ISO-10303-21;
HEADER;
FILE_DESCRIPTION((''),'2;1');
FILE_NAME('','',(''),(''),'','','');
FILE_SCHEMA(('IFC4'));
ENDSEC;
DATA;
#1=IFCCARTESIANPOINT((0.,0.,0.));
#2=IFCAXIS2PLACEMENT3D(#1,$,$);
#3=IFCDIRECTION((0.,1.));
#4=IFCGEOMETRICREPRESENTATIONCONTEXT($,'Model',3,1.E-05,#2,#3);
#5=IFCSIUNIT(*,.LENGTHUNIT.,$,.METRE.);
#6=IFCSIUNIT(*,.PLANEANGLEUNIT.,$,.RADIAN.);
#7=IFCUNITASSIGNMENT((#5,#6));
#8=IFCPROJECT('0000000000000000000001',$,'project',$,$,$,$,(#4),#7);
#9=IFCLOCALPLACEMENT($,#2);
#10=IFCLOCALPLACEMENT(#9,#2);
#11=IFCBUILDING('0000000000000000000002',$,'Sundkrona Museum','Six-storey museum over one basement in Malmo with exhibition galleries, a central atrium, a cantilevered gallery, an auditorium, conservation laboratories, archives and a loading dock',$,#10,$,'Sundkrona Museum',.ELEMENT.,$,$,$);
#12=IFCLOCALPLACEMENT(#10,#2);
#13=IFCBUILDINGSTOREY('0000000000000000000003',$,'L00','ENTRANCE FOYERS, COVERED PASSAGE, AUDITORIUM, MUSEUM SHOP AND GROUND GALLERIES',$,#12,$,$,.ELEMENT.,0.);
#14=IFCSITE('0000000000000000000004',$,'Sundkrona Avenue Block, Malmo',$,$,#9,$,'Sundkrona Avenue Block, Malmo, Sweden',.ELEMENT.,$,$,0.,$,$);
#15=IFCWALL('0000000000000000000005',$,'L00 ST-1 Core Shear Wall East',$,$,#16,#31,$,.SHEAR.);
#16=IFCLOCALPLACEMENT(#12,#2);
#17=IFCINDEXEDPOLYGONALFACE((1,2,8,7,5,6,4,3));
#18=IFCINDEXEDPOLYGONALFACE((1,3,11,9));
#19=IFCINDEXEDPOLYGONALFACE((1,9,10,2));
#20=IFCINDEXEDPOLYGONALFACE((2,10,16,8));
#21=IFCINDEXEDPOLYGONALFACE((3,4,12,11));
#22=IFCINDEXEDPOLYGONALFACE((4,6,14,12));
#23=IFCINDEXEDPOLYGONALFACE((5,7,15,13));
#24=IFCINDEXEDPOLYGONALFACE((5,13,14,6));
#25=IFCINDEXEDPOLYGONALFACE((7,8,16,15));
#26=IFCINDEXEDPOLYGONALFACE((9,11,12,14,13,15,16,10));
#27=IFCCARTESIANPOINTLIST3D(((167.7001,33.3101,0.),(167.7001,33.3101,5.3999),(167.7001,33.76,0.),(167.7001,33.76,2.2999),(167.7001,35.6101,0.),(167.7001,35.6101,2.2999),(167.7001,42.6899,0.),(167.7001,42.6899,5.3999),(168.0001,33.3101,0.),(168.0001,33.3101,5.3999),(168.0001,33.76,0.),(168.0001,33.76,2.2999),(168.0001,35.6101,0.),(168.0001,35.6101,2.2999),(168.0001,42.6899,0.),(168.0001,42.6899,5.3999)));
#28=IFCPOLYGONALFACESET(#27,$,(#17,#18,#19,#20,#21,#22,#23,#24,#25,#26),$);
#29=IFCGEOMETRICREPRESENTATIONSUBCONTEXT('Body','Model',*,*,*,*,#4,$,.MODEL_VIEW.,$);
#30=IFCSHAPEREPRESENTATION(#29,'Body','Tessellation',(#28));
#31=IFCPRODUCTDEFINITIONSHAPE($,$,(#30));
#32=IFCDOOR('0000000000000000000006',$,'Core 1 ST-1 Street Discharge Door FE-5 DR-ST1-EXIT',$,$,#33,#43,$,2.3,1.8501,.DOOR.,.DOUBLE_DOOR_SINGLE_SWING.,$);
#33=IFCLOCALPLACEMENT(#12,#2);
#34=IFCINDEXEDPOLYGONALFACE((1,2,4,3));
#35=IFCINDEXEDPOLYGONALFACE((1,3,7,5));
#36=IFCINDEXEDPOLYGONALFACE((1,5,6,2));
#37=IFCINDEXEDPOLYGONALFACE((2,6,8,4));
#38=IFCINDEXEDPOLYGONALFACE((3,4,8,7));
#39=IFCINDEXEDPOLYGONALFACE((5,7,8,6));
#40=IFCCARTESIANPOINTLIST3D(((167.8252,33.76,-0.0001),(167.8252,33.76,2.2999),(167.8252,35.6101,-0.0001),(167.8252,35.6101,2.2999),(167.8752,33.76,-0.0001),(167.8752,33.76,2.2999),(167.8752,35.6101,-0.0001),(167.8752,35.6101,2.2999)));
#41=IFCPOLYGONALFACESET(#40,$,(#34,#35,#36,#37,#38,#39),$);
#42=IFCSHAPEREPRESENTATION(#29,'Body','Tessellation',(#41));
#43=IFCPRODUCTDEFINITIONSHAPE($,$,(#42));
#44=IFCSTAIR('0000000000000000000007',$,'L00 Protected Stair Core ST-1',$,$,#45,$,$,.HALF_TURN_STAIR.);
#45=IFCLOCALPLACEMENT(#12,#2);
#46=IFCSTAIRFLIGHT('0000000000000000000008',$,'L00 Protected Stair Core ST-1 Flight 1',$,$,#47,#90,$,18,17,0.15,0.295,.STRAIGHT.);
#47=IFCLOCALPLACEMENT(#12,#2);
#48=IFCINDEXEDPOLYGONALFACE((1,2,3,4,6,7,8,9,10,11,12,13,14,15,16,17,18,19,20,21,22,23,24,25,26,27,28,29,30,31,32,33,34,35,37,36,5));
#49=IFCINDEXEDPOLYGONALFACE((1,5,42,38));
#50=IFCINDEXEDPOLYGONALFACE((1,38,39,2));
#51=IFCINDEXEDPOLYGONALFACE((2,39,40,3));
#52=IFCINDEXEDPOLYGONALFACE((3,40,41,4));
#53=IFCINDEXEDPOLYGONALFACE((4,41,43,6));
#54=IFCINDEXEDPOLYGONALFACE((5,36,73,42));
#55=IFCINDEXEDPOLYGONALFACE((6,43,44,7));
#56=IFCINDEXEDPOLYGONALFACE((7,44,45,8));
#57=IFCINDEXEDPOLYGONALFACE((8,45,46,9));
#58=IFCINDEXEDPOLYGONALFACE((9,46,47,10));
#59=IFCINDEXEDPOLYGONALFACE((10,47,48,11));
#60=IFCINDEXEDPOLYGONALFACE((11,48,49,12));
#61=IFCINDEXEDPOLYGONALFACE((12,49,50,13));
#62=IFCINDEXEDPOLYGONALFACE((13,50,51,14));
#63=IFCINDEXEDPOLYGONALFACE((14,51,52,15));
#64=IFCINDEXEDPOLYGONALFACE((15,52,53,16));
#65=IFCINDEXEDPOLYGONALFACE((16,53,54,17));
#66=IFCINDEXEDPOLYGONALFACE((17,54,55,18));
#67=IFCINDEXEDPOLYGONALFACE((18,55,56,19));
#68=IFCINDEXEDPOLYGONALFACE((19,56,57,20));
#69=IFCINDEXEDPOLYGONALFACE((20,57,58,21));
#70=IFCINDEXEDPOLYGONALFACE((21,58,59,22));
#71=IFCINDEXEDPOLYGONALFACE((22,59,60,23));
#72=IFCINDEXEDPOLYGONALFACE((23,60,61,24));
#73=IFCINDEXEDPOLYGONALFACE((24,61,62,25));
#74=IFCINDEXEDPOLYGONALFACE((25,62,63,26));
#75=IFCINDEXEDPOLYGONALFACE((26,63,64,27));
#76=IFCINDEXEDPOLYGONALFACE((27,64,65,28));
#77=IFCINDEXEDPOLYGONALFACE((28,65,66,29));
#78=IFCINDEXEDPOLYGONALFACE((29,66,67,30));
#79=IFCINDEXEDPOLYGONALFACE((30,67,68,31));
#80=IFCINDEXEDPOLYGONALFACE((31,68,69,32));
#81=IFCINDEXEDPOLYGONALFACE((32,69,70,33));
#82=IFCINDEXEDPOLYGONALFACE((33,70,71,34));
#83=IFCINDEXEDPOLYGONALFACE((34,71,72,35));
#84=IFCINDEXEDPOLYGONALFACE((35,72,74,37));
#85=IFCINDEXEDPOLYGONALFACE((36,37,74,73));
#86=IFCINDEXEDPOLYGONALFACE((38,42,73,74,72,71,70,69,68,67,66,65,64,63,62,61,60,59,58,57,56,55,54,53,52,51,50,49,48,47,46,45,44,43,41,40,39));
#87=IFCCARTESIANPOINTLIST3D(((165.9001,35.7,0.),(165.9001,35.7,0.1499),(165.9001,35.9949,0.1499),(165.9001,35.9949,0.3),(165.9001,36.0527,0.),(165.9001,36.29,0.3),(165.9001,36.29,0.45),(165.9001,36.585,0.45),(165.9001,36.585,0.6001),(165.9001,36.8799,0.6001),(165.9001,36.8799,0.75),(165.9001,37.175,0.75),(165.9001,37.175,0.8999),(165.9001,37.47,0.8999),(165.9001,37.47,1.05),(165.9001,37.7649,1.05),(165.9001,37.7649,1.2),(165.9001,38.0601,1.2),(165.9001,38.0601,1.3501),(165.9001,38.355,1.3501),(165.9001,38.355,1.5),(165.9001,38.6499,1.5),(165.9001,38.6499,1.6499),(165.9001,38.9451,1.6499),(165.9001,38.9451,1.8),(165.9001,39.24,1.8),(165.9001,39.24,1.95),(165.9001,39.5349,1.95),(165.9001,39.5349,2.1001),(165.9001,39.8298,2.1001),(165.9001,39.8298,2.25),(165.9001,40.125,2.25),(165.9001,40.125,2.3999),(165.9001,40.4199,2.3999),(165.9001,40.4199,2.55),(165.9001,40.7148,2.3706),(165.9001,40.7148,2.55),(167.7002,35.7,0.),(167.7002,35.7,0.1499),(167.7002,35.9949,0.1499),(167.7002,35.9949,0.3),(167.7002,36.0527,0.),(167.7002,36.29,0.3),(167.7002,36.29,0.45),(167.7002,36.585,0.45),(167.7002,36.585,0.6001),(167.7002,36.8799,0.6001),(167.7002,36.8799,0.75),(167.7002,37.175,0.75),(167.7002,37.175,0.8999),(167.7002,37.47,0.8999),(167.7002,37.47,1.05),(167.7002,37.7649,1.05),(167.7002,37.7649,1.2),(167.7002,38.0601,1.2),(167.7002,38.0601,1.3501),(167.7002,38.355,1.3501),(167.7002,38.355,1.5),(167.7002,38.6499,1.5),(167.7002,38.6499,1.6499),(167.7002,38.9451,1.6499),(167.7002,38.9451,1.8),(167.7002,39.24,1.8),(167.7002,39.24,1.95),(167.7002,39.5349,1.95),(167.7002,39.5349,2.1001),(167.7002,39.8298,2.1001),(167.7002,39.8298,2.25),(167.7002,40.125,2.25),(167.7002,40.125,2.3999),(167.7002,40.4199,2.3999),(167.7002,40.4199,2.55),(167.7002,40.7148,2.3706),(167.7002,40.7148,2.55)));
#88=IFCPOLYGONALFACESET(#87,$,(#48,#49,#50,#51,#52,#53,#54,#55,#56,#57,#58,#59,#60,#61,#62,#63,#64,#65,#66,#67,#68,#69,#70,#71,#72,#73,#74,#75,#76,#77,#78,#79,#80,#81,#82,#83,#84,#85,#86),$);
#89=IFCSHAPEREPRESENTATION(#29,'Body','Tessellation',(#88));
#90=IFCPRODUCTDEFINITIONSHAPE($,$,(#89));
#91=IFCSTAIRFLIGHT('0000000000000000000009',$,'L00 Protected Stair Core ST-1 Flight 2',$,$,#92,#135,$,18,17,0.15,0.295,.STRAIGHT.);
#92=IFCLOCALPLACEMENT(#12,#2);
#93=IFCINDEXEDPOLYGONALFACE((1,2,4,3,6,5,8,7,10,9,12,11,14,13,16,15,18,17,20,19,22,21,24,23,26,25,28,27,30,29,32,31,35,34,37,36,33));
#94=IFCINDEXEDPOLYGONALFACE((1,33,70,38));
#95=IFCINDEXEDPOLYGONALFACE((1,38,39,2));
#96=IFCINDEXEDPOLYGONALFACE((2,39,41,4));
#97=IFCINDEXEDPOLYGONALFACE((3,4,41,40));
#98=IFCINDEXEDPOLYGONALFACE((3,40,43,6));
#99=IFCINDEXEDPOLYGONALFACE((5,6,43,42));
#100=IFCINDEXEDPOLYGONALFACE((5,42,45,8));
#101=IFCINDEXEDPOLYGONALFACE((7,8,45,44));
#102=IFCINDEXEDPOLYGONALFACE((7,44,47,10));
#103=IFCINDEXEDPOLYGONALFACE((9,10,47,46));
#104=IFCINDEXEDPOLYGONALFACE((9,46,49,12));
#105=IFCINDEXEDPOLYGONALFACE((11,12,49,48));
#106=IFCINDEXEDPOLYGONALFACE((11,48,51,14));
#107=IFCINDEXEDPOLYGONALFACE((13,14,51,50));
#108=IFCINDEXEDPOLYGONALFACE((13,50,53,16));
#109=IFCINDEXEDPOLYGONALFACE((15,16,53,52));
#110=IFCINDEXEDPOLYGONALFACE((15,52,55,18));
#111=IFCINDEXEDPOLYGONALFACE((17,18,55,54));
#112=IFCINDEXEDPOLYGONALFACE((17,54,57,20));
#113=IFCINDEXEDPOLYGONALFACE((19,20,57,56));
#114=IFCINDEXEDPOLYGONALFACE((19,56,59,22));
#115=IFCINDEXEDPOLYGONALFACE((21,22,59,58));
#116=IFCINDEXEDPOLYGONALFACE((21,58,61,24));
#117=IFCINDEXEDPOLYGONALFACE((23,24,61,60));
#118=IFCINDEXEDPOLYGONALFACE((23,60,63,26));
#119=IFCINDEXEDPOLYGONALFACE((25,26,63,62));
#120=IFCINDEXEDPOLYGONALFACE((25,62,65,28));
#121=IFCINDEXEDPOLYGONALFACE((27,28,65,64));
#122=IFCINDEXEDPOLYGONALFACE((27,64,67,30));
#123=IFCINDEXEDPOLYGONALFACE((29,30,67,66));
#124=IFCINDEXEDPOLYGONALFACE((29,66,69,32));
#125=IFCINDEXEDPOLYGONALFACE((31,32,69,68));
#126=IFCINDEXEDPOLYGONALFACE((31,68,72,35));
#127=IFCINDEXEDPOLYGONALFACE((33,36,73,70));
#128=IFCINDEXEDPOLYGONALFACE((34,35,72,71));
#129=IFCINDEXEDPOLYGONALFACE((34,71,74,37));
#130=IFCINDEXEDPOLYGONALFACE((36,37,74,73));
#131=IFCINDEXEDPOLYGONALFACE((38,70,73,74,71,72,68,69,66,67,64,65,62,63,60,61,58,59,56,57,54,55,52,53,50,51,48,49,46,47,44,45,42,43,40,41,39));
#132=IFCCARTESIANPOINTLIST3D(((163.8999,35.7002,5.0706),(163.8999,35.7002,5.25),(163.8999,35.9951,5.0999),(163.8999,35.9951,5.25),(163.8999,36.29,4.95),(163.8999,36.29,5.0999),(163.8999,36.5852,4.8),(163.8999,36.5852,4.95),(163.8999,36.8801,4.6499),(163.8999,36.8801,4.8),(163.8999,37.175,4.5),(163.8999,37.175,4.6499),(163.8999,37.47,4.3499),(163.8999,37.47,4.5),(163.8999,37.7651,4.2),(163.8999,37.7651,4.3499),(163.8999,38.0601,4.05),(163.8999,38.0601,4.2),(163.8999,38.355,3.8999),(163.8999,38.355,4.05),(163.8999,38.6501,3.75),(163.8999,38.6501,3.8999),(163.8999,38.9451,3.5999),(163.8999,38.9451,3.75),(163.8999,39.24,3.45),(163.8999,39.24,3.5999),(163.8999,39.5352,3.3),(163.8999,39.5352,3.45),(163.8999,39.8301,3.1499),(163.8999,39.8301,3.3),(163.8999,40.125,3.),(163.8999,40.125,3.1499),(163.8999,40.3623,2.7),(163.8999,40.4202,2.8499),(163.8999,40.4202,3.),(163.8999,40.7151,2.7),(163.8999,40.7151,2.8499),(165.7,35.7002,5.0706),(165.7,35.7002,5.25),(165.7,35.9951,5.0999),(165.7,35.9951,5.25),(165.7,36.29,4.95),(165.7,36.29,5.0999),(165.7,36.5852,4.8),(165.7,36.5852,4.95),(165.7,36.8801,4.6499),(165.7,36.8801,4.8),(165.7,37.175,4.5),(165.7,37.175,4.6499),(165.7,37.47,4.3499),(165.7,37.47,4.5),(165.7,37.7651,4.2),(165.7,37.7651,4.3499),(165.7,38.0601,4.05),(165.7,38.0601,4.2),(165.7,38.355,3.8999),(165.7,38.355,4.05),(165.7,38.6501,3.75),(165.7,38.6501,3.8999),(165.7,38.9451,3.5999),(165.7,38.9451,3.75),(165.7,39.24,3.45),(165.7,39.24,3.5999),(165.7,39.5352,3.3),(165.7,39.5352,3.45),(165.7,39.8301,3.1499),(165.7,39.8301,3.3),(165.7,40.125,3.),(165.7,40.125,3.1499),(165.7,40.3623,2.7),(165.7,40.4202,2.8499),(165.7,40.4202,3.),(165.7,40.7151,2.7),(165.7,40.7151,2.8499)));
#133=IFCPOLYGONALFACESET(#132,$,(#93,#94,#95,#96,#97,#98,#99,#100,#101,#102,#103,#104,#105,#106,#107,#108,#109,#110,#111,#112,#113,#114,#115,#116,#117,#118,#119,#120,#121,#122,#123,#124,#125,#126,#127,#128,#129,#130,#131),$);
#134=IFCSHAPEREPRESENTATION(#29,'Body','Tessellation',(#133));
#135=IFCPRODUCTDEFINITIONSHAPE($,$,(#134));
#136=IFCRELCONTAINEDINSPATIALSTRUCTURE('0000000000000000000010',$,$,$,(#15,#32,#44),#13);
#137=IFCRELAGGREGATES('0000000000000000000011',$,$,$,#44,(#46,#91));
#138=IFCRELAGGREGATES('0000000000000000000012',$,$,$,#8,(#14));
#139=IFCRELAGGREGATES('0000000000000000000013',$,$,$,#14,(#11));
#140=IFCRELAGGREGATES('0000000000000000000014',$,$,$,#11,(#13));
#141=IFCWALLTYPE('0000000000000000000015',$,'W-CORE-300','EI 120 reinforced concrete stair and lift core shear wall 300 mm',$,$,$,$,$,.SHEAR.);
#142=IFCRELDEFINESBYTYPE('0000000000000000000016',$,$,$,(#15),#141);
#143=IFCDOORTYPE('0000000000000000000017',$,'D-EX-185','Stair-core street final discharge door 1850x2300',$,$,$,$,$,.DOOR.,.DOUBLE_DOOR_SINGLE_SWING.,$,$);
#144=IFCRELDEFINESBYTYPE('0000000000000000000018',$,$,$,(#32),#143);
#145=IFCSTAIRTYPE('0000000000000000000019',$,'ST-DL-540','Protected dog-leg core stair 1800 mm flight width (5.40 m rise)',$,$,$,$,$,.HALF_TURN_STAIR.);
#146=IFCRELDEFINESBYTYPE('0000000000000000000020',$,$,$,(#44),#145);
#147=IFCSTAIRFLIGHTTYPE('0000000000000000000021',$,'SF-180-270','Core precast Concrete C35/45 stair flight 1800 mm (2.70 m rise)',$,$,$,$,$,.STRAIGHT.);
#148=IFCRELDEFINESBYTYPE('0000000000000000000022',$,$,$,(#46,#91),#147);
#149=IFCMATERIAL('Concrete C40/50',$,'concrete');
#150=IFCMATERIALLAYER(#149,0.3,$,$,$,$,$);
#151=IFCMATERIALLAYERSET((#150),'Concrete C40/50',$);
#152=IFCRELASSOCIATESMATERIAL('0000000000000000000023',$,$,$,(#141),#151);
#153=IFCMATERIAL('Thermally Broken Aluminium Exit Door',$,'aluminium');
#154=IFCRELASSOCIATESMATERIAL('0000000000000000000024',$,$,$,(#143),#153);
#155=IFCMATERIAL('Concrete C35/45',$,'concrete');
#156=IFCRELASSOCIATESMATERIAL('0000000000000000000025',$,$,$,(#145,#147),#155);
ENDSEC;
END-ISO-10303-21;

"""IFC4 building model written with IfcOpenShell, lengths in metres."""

from ifc_helpers import new_model, si_unit, direction, frame, frame_2d, origin, place, context, subcontext, project, spatial, polyline, rectangle, outline, extrude, material, layer, layer_set, type_object, element, fill, aggregate, save


model = new_model("IFC4")

# Units and contexts
model_context = context("Model", 3, precision=1e-05, world=origin(), true_north=direction((0.0, 1.0)))
body_context = subcontext(model_context, "Body", "Model", "MODEL_VIEW")
ifc_project = project(units=[si_unit("LENGTHUNIT", "METRE"), si_unit("PLANEANGLEUNIT", "RADIAN")], contexts=[model_context])

# Site, building, storey
site_placement = place(None, origin())
site = spatial("IfcSite", under=ifc_project, at=site_placement, Name="Sundkrona Avenue Block, Malmo", LongName="Sundkrona Avenue Block, Malmo, Sweden", CompositionType="ELEMENT", RefElevation=0.0)
building_placement = place(site_placement, origin())
building = spatial("IfcBuilding", under=site, at=building_placement, Name="Sundkrona Museum", Description="Six-storey museum over one basement in Malmo with exhibition galleries, a central atrium, a cantilevered gallery, an auditorium, conservation laboratories, archives and a loading dock", LongName="Sundkrona Museum", CompositionType="ELEMENT")
storey_placement = place(building_placement, origin())
storey = spatial("IfcBuildingStorey", under=building, at=storey_placement, Name="L00", Description="ENTRANCE FOYERS, COVERED PASSAGE, AUDITORIUM, MUSEUM SHOP AND GROUND GALLERIES", CompositionType="ELEMENT", Elevation=0.0)

# Wall, opening, door
ifc_material_1 = material(Name="Concrete C40/50", Category="concrete")
ifc_layer_1 = layer(ifc_material_1, 0.3)
ifc_layer_set_1 = layer_set([ifc_layer_1], Name="Concrete C40/50")
wall_type = type_object("IfcWallType", Name="W-CORE-300", Description="EI 120 reinforced concrete stair and lift core shear wall 300 mm", PredefinedType="SHEAR", material=ifc_layer_set_1)
wall_placement = place(storey_placement, frame((167.8501, 33.3101, 0.0), z_axis=(0.0, 0.0, 1.0), x_axis=(0.0, 1.0, 0.0)))
wall = element("IfcWall", 1, at=wall_placement, inside=storey, type_object=wall_type, Name="L00 ST-1 Core Shear Wall East", PredefinedType="SHEAR", context=body_context, shape_type="SweptSolid", body=[
    extrude(rectangle(XDim=9.3799, YDim=0.3, at=frame_2d((4.6899, 0.0))), origin(), (0.0, 0.0, 1.0), 5.3999),
])
opening_placement = place(wall_placement, frame((0.45, 0.0, 0.0)))
opening = element("IfcOpeningElement", 2, at=opening_placement, cuts=wall, PredefinedType="OPENING", context=body_context, shape_type="SweptSolid", body=[
    extrude(rectangle(XDim=1.8501, YDim=2.3, at=frame_2d((0.925, 1.1499))), frame((0.0, 0.1599, 0.0), z_axis=(0.0, -1.0, 0.0), x_axis=(1.0, 0.0, 0.0)), (0.0, 0.0, 1.0), 0.3201),
])
ifc_material_2 = material(Name="Thermally Broken Aluminium Exit Door", Category="aluminium")
door_type = type_object("IfcDoorType", Name="D-EX-185", Description="Stair-core street final discharge door 1850x2300", OperationType="DOUBLE_DOOR_SINGLE_SWING", PredefinedType="DOOR", material=ifc_material_2)
door_placement = place(opening_placement, origin())
door = element("IfcDoor", 3, at=door_placement, inside=storey, type_object=door_type, Name="Core 1 ST-1 Street Discharge Door FE-5 DR-ST1-EXIT", OperationType="DOUBLE_DOOR_SINGLE_SWING", OverallHeight=2.3, OverallWidth=1.8501, PredefinedType="DOOR", context=body_context, shape_type="SweptSolid", body=[
    extrude(rectangle(XDim=1.8501, YDim=2.3, at=frame_2d((0.925, 1.1499))), frame((0.0, 0.0249, 0.0), z_axis=(0.0, -1.0, 0.0), x_axis=(1.0, 0.0, 0.0)), (0.0, 0.0, 1.0), 0.05),
])
fill(opening, door)

# Stair, stair flights
ifc_material_3 = material(Name="Concrete C35/45", Category="concrete")
stair_type = type_object("IfcStairType", Name="ST-DL-540", Description="Protected dog-leg core stair 1800 mm flight width (5.40 m rise)", PredefinedType="HALF_TURN_STAIR", material=ifc_material_3)
stair_placement = place(storey_placement, origin())
stair = element("IfcStair", 4, at=stair_placement, inside=storey, type_object=stair_type, Name="L00 Protected Stair Core ST-1", PredefinedType="HALF_TURN_STAIR")
stair_flight_type = type_object("IfcStairFlightType", Name="SF-180-270", Description="Core precast Concrete C35/45 stair flight 1800 mm (2.70 m rise)", PredefinedType="STRAIGHT", material=ifc_material_3)
stair_flight_1_placement = place(storey_placement, frame((166.8, 35.7, 0.0), z_axis=(0.0, 0.0, 1.0), x_axis=(0.0, 1.0, 0.0)))
stair_flight_1 = element("IfcStairFlight", 5, at=stair_flight_1_placement, type_object=stair_flight_type, Name="L00 Protected Stair Core ST-1 Flight 1", NumberOfRisers=18, NumberOfTreads=17, PredefinedType="STRAIGHT", RiserHeight=0.15, TreadLength=0.295, context=body_context, shape_type="SweptSolid", body=[
    extrude(outline(polyline([(0.0, 0.0), (0.0, 0.1499), (0.2949, 0.1499), (0.2949, 0.3), (0.5901, 0.3), (0.5901, 0.45), (0.885, 0.45), (0.885, 0.6001), (1.1799, 0.6001), (1.1799, 0.75), (1.4751, 0.75), (1.4751, 0.8999), (1.77, 0.8999), (1.77, 1.05), (2.0649, 1.05), (2.0649, 1.2), (2.3601, 1.2), (2.3601, 1.3501), (2.655, 1.3501), (2.655, 1.5), (2.95, 1.5), (2.95, 1.6499), (3.2451, 1.6499), (3.2451, 1.8), (3.54, 1.8), (3.54, 1.95), (3.835, 1.95), (3.835, 2.1001), (4.1299, 2.1001), (4.1299, 2.25), (4.425, 2.25), (4.425, 2.3999), (4.72, 2.3999), (4.72, 2.55), (5.0149, 2.55), (5.0149, 2.7), (5.0149, 2.3706), (0.3528, 0.0), (0.0, 0.0)])), frame((0.0, 0.8999, 0.0), z_axis=(0.0, -1.0, 0.0), x_axis=(1.0, 0.0, 0.0)), (0.0, 0.0, 1.0), 1.8),
])
stair_flight_2_placement = place(storey_placement, frame((164.8, 40.7151, 2.7), z_axis=(0.0, 0.0, 1.0), x_axis=(0.0, -1.0, 0.0)))
stair_flight_2 = element("IfcStairFlight", 6, at=stair_flight_2_placement, type_object=stair_flight_type, Name="L00 Protected Stair Core ST-1 Flight 2", NumberOfRisers=18, NumberOfTreads=17, PredefinedType="STRAIGHT", RiserHeight=0.15, TreadLength=0.295, context=body_context, shape_type="SweptSolid", body=[
    extrude(outline(polyline([(0.0, 0.0), (0.0, 0.1499), (0.2949, 0.1499), (0.2949, 0.3), (0.5901, 0.3), (0.5901, 0.45), (0.885, 0.45), (0.885, 0.6001), (1.1799, 0.6001), (1.1799, 0.75), (1.4751, 0.75), (1.4751, 0.8999), (1.77, 0.8999), (1.77, 1.05), (2.0649, 1.05), (2.0649, 1.2), (2.3601, 1.2), (2.3601, 1.3501), (2.655, 1.3501), (2.655, 1.5), (2.95, 1.5), (2.95, 1.6499), (3.2451, 1.6499), (3.2451, 1.8), (3.54, 1.8), (3.54, 1.95), (3.835, 1.95), (3.835, 2.1001), (4.1299, 2.1001), (4.1299, 2.25), (4.425, 2.25), (4.425, 2.3999), (4.72, 2.3999), (4.72, 2.55), (5.0149, 2.55), (5.0149, 2.7), (5.0149, 2.3706), (0.3528, 0.0), (0.0, 0.0)])), frame((0.0, 0.8999, 0.0), z_axis=(0.0, -1.0, 0.0), x_axis=(1.0, 0.0, 0.0)), (0.0, 0.0, 1.0), 1.8),
])
aggregate(stair, [stair_flight_1, stair_flight_2])

save(model, "model.ifc")
